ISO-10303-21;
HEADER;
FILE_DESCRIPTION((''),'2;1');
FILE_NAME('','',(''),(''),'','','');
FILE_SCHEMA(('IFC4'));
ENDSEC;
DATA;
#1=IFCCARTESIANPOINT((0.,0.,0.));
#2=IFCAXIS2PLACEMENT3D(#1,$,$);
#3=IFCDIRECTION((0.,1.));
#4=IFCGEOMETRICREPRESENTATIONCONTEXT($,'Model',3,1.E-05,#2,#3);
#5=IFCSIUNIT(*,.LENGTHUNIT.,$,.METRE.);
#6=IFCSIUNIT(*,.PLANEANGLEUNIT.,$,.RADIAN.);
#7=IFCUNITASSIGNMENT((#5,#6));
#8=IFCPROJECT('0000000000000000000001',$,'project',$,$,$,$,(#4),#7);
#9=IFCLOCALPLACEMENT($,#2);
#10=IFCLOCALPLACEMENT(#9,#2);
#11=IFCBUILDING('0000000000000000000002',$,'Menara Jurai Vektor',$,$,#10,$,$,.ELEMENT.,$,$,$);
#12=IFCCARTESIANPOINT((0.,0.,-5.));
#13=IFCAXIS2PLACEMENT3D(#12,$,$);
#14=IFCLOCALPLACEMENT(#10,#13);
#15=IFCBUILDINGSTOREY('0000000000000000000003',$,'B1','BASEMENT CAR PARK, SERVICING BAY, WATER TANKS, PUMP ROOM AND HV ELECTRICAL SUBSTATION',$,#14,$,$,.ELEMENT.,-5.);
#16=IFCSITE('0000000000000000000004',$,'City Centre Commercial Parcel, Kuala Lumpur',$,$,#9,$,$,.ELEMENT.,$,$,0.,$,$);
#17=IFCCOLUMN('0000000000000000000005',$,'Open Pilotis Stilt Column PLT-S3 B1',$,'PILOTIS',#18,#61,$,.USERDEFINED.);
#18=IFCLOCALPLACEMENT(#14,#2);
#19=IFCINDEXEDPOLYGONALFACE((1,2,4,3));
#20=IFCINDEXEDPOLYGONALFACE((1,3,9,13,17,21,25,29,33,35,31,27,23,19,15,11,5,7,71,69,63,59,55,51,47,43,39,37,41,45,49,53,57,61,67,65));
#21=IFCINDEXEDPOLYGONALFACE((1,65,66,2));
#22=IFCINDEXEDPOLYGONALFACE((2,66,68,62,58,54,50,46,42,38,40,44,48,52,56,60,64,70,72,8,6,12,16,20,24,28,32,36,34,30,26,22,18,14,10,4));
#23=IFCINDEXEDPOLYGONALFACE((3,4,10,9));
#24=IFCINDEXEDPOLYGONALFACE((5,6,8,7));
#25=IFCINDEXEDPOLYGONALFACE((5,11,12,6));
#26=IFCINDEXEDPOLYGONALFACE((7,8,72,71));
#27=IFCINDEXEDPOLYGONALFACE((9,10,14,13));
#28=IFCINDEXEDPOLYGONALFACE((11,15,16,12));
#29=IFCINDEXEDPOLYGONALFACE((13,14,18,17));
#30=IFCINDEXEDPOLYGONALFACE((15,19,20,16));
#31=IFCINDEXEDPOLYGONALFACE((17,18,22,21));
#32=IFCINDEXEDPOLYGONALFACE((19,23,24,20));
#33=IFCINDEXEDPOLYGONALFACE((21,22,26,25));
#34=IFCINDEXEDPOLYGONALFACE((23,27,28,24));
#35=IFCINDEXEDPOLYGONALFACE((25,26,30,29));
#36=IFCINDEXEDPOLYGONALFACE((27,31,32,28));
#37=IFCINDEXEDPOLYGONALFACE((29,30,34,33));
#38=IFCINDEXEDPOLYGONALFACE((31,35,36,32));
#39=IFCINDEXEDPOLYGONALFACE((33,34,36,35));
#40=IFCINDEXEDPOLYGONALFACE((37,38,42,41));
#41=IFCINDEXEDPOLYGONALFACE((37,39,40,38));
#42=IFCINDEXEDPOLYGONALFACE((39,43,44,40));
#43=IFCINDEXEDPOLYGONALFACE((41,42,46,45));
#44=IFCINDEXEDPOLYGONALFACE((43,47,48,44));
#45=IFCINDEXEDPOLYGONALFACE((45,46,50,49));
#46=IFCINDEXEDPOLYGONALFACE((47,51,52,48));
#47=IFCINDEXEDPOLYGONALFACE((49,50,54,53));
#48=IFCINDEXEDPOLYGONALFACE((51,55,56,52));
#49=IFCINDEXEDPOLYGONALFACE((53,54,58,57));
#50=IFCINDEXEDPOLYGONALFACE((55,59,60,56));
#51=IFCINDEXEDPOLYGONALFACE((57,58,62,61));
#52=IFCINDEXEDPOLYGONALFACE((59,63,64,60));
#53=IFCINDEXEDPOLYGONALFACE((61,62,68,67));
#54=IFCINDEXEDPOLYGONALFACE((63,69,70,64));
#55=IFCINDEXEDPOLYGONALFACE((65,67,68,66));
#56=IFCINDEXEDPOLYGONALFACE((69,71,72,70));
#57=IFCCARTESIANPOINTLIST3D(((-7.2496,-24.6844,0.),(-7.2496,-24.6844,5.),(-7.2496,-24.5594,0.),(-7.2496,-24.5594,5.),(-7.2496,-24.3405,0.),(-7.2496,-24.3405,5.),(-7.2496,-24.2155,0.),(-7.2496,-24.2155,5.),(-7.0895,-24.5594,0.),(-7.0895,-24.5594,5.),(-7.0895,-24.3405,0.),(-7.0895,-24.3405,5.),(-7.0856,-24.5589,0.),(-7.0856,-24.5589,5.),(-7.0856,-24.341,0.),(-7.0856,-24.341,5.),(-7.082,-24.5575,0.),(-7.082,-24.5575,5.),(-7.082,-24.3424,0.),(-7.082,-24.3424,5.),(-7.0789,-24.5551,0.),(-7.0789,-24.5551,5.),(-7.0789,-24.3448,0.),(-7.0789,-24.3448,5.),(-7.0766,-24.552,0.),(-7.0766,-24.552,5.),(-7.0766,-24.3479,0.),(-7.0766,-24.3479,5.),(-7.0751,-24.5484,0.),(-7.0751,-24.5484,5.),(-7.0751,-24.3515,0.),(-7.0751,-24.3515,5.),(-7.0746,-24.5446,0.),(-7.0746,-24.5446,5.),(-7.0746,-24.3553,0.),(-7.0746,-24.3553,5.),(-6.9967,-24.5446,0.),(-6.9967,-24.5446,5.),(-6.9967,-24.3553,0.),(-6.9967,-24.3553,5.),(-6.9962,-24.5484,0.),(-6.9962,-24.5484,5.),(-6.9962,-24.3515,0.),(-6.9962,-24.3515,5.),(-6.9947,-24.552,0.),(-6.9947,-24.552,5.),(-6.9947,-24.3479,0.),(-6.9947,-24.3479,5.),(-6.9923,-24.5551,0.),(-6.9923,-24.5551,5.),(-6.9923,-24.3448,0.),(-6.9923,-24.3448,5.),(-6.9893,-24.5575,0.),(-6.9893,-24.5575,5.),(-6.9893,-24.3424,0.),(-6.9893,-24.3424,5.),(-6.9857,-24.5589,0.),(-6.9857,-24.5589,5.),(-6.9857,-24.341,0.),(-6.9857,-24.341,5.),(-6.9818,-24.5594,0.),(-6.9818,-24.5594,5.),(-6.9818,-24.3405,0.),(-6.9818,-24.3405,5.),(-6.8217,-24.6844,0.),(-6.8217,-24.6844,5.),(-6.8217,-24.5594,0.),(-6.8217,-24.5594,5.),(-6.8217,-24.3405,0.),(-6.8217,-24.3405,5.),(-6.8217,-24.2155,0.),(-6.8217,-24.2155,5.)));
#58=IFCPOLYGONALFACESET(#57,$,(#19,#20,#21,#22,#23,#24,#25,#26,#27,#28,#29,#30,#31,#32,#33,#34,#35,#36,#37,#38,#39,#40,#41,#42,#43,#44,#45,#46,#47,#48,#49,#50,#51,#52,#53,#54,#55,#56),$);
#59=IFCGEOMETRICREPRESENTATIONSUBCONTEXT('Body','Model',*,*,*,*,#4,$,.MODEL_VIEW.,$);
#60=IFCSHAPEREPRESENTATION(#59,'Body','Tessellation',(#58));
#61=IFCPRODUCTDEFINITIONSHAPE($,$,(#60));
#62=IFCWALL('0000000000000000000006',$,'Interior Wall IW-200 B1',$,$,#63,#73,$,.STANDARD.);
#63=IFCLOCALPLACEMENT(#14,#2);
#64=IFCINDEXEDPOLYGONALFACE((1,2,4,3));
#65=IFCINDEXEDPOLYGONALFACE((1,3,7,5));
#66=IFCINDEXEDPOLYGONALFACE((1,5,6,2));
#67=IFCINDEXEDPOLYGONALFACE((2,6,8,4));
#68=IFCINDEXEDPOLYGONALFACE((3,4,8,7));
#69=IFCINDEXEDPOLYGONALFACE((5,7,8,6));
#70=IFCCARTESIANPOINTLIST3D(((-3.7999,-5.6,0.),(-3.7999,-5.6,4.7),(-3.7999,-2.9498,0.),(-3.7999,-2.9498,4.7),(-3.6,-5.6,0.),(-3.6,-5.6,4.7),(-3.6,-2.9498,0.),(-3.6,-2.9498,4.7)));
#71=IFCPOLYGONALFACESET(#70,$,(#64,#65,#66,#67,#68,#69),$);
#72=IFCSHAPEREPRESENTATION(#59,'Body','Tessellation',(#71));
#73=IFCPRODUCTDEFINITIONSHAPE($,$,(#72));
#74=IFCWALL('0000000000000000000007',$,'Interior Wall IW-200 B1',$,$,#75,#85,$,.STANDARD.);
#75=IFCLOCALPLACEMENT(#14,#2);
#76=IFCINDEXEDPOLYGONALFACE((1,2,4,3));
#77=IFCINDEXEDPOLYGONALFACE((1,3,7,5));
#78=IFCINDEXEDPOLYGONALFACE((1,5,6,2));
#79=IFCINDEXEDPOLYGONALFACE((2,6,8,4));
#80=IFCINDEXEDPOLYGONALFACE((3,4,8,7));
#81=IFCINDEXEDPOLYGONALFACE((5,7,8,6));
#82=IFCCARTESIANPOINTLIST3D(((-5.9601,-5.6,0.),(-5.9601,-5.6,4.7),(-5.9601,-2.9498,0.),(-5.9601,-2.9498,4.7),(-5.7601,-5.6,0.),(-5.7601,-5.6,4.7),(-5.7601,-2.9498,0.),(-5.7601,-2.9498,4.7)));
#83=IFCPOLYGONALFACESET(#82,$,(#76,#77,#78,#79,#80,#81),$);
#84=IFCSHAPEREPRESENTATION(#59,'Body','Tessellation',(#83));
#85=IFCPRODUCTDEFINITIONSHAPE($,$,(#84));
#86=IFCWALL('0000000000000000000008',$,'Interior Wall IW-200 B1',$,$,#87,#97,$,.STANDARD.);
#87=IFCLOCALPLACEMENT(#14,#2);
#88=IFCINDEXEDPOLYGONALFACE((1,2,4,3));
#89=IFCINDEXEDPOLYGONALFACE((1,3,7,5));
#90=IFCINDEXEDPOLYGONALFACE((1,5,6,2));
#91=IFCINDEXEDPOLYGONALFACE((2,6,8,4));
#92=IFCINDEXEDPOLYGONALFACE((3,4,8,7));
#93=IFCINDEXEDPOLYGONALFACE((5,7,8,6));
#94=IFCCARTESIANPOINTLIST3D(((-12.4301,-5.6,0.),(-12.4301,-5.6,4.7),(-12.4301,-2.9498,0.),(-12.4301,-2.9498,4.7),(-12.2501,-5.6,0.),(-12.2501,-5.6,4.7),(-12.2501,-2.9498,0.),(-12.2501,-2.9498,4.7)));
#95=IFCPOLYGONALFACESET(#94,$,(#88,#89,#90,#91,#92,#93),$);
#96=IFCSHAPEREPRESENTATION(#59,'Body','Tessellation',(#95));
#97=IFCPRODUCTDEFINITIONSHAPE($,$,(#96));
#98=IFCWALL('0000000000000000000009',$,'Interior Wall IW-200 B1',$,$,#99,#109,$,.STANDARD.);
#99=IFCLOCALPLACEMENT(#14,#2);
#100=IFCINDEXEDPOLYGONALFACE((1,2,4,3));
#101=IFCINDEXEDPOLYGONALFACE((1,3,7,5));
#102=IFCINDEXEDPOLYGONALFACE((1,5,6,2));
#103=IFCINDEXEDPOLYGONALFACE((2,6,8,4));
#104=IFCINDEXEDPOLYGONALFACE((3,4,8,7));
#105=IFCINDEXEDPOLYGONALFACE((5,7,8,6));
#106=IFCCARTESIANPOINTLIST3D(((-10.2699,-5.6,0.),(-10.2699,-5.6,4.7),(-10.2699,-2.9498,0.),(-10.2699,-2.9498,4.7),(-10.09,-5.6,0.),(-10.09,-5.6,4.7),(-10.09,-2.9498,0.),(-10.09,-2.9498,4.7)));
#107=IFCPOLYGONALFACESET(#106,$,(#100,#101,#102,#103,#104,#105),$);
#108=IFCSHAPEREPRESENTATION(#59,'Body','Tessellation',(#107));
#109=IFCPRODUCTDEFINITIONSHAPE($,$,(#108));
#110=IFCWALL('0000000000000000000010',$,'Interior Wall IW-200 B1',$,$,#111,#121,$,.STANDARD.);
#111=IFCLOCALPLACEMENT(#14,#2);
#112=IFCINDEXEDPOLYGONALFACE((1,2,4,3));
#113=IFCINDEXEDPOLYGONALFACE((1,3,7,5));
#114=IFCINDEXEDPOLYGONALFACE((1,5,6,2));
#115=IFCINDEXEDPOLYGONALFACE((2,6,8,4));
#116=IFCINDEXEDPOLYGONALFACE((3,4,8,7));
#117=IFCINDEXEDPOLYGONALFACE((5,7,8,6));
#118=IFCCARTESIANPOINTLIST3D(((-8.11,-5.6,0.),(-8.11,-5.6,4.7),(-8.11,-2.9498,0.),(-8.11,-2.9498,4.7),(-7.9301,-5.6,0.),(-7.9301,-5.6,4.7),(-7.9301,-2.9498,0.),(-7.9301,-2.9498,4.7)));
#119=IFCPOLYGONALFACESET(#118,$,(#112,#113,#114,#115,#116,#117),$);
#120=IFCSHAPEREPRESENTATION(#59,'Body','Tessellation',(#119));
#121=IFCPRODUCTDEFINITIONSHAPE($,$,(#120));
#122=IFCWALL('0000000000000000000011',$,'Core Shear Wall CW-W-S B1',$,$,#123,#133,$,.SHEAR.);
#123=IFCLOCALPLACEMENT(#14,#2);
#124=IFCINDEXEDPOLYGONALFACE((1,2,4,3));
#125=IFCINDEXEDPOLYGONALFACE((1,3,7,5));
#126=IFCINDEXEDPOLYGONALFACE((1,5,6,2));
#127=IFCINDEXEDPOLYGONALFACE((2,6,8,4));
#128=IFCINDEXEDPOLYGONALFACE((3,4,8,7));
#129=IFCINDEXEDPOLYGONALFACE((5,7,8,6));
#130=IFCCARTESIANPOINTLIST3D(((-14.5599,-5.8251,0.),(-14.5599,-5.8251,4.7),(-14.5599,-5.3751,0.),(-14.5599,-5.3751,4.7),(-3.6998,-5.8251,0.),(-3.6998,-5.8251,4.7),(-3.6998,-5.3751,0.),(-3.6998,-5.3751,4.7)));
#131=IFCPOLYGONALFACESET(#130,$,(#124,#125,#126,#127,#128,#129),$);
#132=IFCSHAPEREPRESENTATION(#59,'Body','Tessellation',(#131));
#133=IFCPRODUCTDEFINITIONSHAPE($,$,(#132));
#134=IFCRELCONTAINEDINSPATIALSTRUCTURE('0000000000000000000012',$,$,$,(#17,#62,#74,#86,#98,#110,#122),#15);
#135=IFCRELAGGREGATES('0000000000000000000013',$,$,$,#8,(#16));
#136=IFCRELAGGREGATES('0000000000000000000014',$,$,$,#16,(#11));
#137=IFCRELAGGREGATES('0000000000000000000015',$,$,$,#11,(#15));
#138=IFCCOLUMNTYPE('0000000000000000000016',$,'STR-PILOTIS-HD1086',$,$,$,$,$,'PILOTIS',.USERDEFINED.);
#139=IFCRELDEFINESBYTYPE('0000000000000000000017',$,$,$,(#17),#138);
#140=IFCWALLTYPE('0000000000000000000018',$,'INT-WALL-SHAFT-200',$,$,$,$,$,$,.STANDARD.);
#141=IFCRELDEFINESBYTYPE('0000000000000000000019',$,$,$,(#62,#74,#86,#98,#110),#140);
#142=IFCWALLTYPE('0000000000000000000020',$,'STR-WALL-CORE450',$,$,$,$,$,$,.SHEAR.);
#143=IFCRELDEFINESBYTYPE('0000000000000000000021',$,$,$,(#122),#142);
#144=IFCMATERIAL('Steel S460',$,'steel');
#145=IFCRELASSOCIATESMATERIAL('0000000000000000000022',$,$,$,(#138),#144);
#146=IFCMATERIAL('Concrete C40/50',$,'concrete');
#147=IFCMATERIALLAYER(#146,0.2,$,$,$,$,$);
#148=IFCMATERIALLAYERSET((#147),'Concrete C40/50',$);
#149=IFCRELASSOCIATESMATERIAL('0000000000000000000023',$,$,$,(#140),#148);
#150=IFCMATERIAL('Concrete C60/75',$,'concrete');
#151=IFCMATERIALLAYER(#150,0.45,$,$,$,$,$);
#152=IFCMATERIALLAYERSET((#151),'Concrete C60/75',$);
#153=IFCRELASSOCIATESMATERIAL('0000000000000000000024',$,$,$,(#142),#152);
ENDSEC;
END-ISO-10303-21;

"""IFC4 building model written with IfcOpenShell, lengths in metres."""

from ifc_helpers import new_model, si_unit, direction, frame, frame_2d, origin, origin_2d, place, context, subcontext, project, spatial, rectangle, i_section, extrude, material, layer, layer_set, material_profile, profile_set, type_object, element, save


model = new_model("IFC4")

# Units and contexts
model_context = context("Model", 3, precision=1e-05, world=origin(), true_north=direction((0.0, 1.0)))
body_context = subcontext(model_context, "Body", "Model", "MODEL_VIEW")
ifc_project = project(units=[si_unit("LENGTHUNIT", "METRE"), si_unit("PLANEANGLEUNIT", "RADIAN")], contexts=[model_context])

# Site, building, storey
site_placement = place(None, origin())
site = spatial("IfcSite", under=ifc_project, at=site_placement, Name="City Centre Commercial Parcel, Kuala Lumpur", CompositionType="ELEMENT", RefElevation=0.0)
building_placement = place(site_placement, origin())
building = spatial("IfcBuilding", under=site, at=building_placement, Name="Menara Jurai Vektor", CompositionType="ELEMENT")
storey_placement = place(building_placement, frame((0.0, 0.0, -5.0)))
storey = spatial("IfcBuildingStorey", under=building, at=storey_placement, Name="B1", Description="BASEMENT CAR PARK, SERVICING BAY, WATER TANKS, PUMP ROOM AND HV ELECTRICAL SUBSTATION", CompositionType="ELEMENT", Elevation=-5.0)

# Column
ifc_material_1 = material(Name="Concrete C60/75", Category="concrete")
ifc_material_2 = material(Name="Steel S460", Category="steel")
ifc_material_profile_1 = material_profile(ifc_material_2, i_section(OverallWidth=0.428, OverallDepth=0.469, WebThickness=0.0779, FlangeThickness=0.125, FilletRadius=0.0149, at=origin_2d()), Name="HD 400x1086")
ifc_profile_set_1 = profile_set([ifc_material_profile_1], Name="Steel S460")
column_type_1 = type_object("IfcColumnType", Name="STR-PILOTIS-HD1086", ElementType="PILOTIS", PredefinedType="USERDEFINED", material=ifc_profile_set_1)
column_1_placement = place(storey_placement, frame((-7.0356, -24.45, 0.0), z_axis=(0.0, 0.0, 1.0), x_axis=(1.0, 0.0, 0.0)))
element("IfcColumn", 1, at=column_1_placement, inside=storey, type_object=column_type_1, Name="Open Pilotis Stilt Column PLT-S3 B1", ObjectType="PILOTIS", PredefinedType="USERDEFINED", context=body_context, shape_type="SweptSolid", body=[
    extrude(i_section(OverallWidth=0.428, OverallDepth=0.469, WebThickness=0.0779, FlangeThickness=0.125, FilletRadius=0.0149, at=origin_2d()), origin(), (0.0, 0.0, 1.0), 5.0),
])

# Walls
ifc_material_3 = material(Name="Concrete C40/50", Category="concrete")
ifc_layer_1 = layer(ifc_material_3, 0.2)
ifc_layer_set_1 = layer_set([ifc_layer_1], Name="Concrete C40/50")
wall_type_1 = type_object("IfcWallType", Name="INT-WALL-SHAFT-200", PredefinedType="STANDARD", material=ifc_layer_set_1)
for number, where, z_axis, x_axis, name in (
    (2, (-3.7, -5.6001, 0.0), (0.0, 0.0, 1.0), (0.0, 1.0, 0.0), "Interior Wall IW-200 B1"),
    (3, (-5.8601, -5.6001, 0.0), (0.0, 0.0, 1.0), (0.0, 1.0, 0.0), "Interior Wall IW-200 B1"),
):
    element("IfcWall", number, at=place(storey_placement, frame(where, z_axis=z_axis, x_axis=x_axis)), inside=storey, type_object=wall_type_1, Name=name, PredefinedType="STANDARD", context=body_context, shape_type="SweptSolid", body=[
        extrude(rectangle(XDim=2.6501, YDim=0.2, at=frame_2d((1.3252, 0.0))), origin(), (0.0, 0.0, 1.0), 4.7),
    ])
for number, where, z_axis, x_axis, name in (
    (4, (-12.3401, -5.6001, 0.0), (0.0, 0.0, 1.0), (0.0, 1.0, 0.0), "Interior Wall IW-200 B1"),
    (5, (-10.1799, -5.6001, 0.0), (0.0, 0.0, 1.0), (0.0, 1.0, 0.0), "Interior Wall IW-200 B1"),
    (6, (-8.02, -5.6001, 0.0), (0.0, 0.0, 1.0), (0.0, 1.0, 0.0), "Interior Wall IW-200 B1"),
):
    element("IfcWall", number, at=place(storey_placement, frame(where, z_axis=z_axis, x_axis=x_axis)), inside=storey, type_object=wall_type_1, Name=name, PredefinedType="STANDARD", context=body_context, shape_type="SweptSolid", body=[
        extrude(rectangle(XDim=2.6501, YDim=0.1799, at=frame_2d((1.3252, 0.0))), origin(), (0.0, 0.0, 1.0), 4.7),
    ])
ifc_layer_2 = layer(ifc_material_1, 0.45)
ifc_layer_set_2 = layer_set([ifc_layer_2], Name="Concrete C60/75")
wall_type_2 = type_object("IfcWallType", Name="STR-WALL-CORE450", PredefinedType="SHEAR", material=ifc_layer_set_2)
wall_placement = place(storey_placement, frame((-14.5601, -5.6001, 0.0), z_axis=(0.0, 0.0, 1.0), x_axis=(1.0, 0.0, 0.0)))
element("IfcWall", 7, at=wall_placement, inside=storey, type_object=wall_type_2, Name="Core Shear Wall CW-W-S B1", PredefinedType="SHEAR", context=body_context, shape_type="SweptSolid", body=[
    extrude(rectangle(XDim=10.8601, YDim=0.45, at=frame_2d((5.4302, 0.0))), origin(), (0.0, 0.0, 1.0), 4.7),
])

save(model, "model.ifc")
